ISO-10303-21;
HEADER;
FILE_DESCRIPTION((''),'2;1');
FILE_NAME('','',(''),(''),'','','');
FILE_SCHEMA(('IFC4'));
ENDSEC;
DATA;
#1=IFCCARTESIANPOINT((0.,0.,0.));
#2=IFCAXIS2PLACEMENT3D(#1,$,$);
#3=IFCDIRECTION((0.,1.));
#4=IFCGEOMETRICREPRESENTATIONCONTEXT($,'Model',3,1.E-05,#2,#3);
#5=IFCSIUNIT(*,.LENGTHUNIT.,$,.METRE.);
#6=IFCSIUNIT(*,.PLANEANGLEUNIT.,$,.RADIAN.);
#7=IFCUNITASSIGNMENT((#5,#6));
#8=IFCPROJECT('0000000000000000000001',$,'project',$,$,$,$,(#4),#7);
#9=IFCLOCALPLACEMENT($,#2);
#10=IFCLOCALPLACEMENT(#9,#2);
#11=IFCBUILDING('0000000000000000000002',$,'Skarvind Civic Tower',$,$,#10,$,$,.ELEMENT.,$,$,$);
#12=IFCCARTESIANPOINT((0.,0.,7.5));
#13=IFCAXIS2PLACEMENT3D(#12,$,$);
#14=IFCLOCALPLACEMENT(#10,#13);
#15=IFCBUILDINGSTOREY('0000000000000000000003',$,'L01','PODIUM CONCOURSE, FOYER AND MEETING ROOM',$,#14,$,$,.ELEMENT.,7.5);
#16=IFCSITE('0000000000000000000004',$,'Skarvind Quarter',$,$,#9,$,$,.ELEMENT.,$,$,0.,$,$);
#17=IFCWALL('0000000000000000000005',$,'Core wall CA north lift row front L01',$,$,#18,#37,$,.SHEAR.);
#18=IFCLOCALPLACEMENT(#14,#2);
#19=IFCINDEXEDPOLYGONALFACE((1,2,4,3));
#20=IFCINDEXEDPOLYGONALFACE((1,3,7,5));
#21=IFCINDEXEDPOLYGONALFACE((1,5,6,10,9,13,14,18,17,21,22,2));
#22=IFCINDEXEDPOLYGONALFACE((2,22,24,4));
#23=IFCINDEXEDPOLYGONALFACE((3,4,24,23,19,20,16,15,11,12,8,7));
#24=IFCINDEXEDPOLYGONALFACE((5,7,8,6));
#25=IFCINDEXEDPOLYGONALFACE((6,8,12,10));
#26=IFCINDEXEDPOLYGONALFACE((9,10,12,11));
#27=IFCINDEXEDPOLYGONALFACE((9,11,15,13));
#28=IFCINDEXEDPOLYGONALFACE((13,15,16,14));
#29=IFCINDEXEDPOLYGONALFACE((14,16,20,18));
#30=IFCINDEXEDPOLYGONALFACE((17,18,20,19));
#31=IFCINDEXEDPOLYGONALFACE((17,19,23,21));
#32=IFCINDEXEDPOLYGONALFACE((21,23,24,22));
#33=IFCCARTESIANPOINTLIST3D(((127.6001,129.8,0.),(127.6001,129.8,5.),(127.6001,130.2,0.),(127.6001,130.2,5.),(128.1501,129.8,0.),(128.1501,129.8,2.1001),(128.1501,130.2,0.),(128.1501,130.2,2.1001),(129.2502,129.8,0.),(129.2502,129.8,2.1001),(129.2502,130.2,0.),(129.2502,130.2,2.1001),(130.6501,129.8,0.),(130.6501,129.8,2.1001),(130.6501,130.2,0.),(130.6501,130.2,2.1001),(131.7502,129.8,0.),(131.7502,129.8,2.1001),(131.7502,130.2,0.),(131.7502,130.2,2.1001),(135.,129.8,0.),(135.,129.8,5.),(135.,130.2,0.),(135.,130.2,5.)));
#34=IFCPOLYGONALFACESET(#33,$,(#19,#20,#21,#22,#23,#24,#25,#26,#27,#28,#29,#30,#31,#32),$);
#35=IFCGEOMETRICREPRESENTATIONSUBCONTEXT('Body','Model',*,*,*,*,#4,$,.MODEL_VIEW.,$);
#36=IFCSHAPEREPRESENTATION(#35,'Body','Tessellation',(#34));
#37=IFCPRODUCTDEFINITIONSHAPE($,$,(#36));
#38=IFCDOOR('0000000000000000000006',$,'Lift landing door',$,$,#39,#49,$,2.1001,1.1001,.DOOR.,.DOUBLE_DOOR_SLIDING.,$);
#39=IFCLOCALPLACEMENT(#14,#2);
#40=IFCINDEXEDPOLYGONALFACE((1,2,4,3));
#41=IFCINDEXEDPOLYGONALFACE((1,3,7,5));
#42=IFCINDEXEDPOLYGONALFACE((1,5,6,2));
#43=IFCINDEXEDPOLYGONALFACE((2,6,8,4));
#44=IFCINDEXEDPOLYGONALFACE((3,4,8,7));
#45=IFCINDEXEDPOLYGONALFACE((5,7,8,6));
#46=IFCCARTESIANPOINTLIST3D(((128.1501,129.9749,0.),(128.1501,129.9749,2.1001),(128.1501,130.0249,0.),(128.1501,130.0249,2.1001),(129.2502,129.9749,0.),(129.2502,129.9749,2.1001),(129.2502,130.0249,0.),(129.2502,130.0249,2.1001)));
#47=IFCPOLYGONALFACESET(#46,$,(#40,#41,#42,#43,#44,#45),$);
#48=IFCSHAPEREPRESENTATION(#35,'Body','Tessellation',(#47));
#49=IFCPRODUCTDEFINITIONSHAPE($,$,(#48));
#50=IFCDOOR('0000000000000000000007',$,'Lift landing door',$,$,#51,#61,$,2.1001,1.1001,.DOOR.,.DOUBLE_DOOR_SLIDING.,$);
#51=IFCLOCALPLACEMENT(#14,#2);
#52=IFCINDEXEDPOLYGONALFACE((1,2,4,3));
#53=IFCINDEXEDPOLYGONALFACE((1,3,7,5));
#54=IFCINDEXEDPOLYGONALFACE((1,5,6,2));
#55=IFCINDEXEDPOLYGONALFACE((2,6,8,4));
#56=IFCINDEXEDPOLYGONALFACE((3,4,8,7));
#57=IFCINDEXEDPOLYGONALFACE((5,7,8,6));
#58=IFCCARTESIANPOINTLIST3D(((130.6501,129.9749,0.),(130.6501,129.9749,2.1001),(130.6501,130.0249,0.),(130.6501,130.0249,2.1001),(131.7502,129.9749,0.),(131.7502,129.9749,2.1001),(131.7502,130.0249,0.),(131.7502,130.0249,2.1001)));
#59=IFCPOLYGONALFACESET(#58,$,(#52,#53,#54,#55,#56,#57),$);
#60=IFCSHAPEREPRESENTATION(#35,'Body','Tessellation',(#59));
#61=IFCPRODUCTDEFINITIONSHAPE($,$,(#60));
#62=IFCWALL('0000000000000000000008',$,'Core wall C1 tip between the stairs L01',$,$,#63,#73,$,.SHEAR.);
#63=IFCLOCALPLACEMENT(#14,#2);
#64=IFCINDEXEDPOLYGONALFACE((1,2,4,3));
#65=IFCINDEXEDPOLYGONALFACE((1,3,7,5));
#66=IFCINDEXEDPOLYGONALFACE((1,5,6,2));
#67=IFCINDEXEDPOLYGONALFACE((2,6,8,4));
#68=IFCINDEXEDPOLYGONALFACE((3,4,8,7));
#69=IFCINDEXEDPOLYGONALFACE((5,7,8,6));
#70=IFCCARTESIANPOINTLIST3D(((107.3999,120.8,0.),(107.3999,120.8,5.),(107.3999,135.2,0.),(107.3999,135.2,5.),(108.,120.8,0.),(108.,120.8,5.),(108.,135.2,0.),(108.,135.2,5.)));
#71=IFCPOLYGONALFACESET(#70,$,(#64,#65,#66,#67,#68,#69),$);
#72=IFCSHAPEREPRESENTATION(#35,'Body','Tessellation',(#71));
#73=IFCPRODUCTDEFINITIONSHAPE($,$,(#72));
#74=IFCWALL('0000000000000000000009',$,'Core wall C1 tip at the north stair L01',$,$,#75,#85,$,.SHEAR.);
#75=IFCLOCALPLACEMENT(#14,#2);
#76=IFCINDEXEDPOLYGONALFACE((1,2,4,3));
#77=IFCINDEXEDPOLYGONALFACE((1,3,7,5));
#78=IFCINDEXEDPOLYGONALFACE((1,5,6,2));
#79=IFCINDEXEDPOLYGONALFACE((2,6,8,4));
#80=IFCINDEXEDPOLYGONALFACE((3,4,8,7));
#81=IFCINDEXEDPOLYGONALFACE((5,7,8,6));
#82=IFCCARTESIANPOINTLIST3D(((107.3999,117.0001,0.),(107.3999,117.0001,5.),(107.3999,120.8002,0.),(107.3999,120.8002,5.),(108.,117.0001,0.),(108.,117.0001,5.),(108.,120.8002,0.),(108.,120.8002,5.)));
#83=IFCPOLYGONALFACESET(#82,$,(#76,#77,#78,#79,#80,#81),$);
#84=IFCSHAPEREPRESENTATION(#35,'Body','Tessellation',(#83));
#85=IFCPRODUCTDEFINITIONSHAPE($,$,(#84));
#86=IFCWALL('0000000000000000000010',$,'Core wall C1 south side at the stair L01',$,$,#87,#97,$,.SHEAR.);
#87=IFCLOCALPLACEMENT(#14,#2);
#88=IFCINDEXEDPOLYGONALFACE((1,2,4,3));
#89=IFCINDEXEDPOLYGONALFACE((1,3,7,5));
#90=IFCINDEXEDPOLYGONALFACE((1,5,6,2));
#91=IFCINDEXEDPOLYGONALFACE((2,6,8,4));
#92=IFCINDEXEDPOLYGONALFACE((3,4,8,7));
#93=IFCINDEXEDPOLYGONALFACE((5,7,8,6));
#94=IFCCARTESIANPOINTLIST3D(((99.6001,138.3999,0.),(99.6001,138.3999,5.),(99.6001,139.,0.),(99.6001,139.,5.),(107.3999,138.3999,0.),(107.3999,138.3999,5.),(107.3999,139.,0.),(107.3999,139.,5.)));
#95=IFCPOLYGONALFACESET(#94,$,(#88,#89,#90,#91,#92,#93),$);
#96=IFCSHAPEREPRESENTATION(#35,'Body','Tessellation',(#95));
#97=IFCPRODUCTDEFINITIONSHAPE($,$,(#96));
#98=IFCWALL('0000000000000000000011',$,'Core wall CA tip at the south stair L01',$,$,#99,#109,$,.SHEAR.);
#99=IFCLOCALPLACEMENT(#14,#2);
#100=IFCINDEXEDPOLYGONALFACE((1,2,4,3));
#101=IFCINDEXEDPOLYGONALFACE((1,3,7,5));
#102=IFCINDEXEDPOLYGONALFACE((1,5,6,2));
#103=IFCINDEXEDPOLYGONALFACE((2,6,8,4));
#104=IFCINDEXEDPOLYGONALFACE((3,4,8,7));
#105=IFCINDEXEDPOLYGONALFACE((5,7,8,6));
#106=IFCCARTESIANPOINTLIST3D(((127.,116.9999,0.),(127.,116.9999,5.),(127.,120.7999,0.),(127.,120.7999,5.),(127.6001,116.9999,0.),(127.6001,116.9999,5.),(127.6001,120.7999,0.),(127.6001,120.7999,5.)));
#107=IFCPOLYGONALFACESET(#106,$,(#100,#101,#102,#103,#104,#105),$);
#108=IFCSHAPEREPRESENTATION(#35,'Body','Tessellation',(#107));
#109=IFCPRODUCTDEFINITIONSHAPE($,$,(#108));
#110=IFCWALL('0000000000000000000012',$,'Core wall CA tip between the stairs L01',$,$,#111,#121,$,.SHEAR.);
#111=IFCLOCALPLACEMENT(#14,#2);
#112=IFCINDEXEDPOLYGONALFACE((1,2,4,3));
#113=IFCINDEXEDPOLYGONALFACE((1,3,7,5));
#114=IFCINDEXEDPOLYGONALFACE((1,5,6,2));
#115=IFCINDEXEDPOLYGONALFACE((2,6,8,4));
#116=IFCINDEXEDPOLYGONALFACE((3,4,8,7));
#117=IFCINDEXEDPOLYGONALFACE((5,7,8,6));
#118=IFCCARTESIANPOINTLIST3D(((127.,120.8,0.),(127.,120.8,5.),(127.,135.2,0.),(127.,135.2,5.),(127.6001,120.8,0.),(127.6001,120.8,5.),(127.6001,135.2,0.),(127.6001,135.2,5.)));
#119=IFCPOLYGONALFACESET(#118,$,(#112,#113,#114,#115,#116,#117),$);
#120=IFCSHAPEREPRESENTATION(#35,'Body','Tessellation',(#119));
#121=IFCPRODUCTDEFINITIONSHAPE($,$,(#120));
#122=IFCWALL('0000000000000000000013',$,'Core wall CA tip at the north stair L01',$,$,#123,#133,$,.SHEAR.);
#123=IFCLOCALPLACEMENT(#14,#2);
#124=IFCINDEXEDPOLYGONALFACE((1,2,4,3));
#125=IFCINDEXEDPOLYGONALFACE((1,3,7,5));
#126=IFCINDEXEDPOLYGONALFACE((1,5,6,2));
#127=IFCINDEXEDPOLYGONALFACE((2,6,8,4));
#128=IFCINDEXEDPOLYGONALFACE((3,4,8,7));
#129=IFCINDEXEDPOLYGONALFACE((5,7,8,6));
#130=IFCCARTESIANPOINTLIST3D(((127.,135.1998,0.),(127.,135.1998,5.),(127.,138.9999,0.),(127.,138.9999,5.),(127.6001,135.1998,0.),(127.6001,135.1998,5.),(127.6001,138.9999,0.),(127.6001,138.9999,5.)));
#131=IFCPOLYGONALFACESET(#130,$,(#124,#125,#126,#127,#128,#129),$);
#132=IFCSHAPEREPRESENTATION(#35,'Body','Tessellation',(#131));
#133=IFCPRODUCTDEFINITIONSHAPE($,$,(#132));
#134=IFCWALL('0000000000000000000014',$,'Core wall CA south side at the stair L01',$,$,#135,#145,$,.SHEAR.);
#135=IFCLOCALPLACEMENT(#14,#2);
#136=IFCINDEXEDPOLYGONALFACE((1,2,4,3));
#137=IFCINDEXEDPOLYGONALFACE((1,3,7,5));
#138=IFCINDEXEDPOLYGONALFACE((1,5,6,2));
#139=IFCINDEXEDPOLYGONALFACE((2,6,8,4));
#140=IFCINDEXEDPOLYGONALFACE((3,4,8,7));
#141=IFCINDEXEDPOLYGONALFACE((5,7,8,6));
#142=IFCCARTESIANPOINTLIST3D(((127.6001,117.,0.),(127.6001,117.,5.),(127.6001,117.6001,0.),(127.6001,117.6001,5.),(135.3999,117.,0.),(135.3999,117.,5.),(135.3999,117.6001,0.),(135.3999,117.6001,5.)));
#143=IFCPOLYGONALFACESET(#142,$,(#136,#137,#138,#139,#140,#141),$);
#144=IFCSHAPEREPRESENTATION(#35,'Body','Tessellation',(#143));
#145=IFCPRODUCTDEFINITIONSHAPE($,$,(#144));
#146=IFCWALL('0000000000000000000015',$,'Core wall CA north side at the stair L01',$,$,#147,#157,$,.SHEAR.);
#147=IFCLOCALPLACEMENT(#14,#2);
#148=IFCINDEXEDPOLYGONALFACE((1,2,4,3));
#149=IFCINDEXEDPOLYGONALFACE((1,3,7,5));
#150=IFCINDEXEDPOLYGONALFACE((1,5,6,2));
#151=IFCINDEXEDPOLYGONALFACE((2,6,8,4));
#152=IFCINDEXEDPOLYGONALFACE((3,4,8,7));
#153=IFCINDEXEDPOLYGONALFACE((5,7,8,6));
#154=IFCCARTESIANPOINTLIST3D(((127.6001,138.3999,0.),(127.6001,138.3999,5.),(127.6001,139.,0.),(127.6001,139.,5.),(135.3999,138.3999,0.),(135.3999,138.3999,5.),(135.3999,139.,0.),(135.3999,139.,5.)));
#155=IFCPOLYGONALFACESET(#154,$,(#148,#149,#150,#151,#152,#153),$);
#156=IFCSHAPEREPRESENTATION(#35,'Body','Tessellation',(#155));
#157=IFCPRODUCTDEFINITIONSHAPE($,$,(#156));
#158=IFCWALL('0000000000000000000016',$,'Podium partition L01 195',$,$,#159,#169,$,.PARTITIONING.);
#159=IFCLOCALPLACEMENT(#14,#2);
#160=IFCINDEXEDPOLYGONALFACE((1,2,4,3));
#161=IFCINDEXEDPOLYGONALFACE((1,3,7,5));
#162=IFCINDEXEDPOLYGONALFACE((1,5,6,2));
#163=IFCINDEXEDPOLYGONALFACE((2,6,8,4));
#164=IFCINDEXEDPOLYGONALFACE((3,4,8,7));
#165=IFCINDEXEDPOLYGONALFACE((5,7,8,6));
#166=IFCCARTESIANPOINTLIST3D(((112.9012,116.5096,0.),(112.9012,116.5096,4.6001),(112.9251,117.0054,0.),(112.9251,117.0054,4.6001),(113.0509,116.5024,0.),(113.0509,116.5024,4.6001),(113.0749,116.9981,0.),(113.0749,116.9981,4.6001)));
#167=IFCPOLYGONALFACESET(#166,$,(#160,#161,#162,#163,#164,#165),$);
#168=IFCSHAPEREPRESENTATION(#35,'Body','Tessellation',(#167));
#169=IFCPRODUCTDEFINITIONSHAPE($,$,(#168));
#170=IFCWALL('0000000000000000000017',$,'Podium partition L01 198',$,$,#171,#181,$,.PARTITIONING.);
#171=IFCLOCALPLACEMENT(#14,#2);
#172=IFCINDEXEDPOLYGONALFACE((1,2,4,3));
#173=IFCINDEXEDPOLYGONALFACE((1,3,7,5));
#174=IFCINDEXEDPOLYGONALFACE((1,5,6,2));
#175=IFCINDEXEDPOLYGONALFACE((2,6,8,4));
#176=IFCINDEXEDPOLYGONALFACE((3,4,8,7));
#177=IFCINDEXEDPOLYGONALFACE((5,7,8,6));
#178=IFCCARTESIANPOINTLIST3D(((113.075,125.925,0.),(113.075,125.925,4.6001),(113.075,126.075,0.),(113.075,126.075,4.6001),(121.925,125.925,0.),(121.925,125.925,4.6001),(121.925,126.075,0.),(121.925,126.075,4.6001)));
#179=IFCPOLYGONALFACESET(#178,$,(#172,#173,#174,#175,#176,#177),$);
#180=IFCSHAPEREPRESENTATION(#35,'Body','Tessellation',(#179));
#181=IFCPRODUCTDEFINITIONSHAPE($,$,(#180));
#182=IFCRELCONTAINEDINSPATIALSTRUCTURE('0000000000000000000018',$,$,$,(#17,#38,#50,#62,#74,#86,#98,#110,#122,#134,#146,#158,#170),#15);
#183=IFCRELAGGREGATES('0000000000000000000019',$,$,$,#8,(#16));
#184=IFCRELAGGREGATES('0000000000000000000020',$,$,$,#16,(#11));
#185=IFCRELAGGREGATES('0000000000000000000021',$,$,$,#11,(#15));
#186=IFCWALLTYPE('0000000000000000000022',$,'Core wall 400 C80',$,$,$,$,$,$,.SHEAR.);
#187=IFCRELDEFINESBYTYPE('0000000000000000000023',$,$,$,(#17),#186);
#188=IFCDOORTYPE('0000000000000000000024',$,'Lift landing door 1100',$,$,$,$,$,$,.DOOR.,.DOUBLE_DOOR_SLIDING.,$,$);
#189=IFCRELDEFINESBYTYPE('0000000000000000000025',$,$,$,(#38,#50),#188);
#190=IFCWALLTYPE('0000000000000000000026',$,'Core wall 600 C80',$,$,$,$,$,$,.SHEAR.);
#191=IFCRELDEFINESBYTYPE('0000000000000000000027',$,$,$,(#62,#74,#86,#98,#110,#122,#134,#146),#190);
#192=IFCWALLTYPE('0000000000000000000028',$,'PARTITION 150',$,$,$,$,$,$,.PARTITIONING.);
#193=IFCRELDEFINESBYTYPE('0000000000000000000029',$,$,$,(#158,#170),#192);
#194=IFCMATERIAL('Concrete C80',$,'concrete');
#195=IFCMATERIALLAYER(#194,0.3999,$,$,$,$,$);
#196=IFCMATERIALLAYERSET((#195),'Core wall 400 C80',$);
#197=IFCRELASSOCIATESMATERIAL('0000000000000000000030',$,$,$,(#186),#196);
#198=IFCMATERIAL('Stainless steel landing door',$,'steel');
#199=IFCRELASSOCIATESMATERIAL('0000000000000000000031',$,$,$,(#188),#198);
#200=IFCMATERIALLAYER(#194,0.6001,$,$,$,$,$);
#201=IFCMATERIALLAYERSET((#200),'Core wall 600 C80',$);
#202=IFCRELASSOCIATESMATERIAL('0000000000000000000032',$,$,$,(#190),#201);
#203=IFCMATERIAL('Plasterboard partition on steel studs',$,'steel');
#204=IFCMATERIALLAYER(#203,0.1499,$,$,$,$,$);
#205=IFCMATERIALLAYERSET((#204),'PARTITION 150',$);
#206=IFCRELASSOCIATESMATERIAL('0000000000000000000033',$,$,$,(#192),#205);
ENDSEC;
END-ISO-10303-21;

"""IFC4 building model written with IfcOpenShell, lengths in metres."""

from ifc_helpers import new_model, si_unit, direction, frame, frame_2d, origin, place, context, subcontext, project, spatial, rectangle, extrude, material, layer, layer_set, type_object, element, fill, save


model = new_model("IFC4")

# Units and contexts
model_context = context("Model", 3, precision=1e-05, world=origin(), true_north=direction((0.0, 1.0)))
body_context = subcontext(model_context, "Body", "Model", "MODEL_VIEW")
ifc_project = project(units=[si_unit("LENGTHUNIT", "METRE"), si_unit("PLANEANGLEUNIT", "RADIAN")], contexts=[model_context])

# Site, building, storey
site_placement = place(None, origin())
site = spatial("IfcSite", under=ifc_project, at=site_placement, Name="Skarvind Quarter", CompositionType="ELEMENT", RefElevation=0.0)
building_placement = place(site_placement, origin())
building = spatial("IfcBuilding", under=site, at=building_placement, Name="Skarvind Civic Tower", CompositionType="ELEMENT")
storey_placement = place(building_placement, frame((0.0, 0.0, 7.5)))
storey = spatial("IfcBuildingStorey", under=building, at=storey_placement, Name="L01", Description="PODIUM CONCOURSE, FOYER AND MEETING ROOM", CompositionType="ELEMENT", Elevation=7.5)

# Shared definitions
ifc_material_1 = material(Name="Concrete C80", Category="concrete")
ifc_layer_1 = layer(ifc_material_1, 0.3999)
ifc_layer_set_1 = layer_set([ifc_layer_1], Name="Core wall 400 C80")
wall_type_1 = type_object("IfcWallType", Name="Core wall 400 C80", PredefinedType="SHEAR", material=ifc_layer_set_1)

# Shared definitions
ifc_material_2 = material(Name="Stainless steel landing door", Category="steel")
door_type = type_object("IfcDoorType", Name="Lift landing door 1100", OperationType="DOUBLE_DOOR_SLIDING", PredefinedType="DOOR", material=ifc_material_2)

# Wall, openings, doors
wall_1_placement = place(storey_placement, frame((127.6001, 130.0, 0.0), z_axis=(0.0, 0.0, 1.0), x_axis=(1.0, 0.0, 0.0)))
wall_1 = element("IfcWall", 1, at=wall_1_placement, inside=storey, type_object=wall_type_1, Name="Core wall CA north lift row front L01", PredefinedType="SHEAR", context=body_context, shape_type="SweptSolid", body=[
    extrude(rectangle(XDim=7.3999, YDim=0.3999, at=frame_2d((3.7, 0.0))), origin(), (0.0, 0.0, 1.0), 5.0),
])
opening_1_placement = place(wall_1_placement, frame((0.55, 0.0, 0.0)))
opening_1 = element("IfcOpeningElement", 2, at=opening_1_placement, cuts=wall_1, PredefinedType="OPENING", context=body_context, shape_type="SweptSolid", body=[
    extrude(rectangle(XDim=1.1001, YDim=2.1001, at=frame_2d((0.55, 1.05))), frame((0.0, 0.21, 0.0), z_axis=(0.0, -1.0, 0.0), x_axis=(1.0, 0.0, 0.0)), (0.0, 0.0, 1.0), 0.4199),
])
opening_2_placement = place(wall_1_placement, frame((3.05, 0.0, 0.0)))
opening_2 = element("IfcOpeningElement", 3, at=opening_2_placement, cuts=wall_1, PredefinedType="OPENING", context=body_context, shape_type="SweptSolid", body=[
    extrude(rectangle(XDim=1.1001, YDim=2.1001, at=frame_2d((0.55, 1.05))), frame((0.0, 0.21, 0.0), z_axis=(0.0, -1.0, 0.0), x_axis=(1.0, 0.0, 0.0)), (0.0, 0.0, 1.0), 0.4199),
])
door_1_placement = place(opening_1_placement, origin())
door_1 = element("IfcDoor", 4, at=door_1_placement, inside=storey, type_object=door_type, Name="Lift landing door", OperationType="DOUBLE_DOOR_SLIDING", OverallHeight=2.1001, OverallWidth=1.1001, PredefinedType="DOOR", context=body_context, shape_type="SweptSolid", body=[
    extrude(rectangle(XDim=1.1001, YDim=2.1001, at=frame_2d((0.55, 1.05))), frame((0.0, 0.0249, 0.0), z_axis=(0.0, -1.0, 0.0), x_axis=(1.0, 0.0, 0.0)), (0.0, 0.0, 1.0), 0.05),
])
fill(opening_1, door_1)
door_2_placement = place(opening_2_placement, origin())
door_2 = element("IfcDoor", 5, at=door_2_placement, inside=storey, type_object=door_type, Name="Lift landing door", OperationType="DOUBLE_DOOR_SLIDING", OverallHeight=2.1001, OverallWidth=1.1001, PredefinedType="DOOR", context=body_context, shape_type="SweptSolid", body=[
    extrude(rectangle(XDim=1.1001, YDim=2.1001, at=frame_2d((0.55, 1.05))), frame((0.0, 0.0249, 0.0), z_axis=(0.0, -1.0, 0.0), x_axis=(1.0, 0.0, 0.0)), (0.0, 0.0, 1.0), 0.05),
])
fill(opening_2, door_2)

# Walls
ifc_layer_2 = layer(ifc_material_1, 0.6001)
ifc_layer_set_2 = layer_set([ifc_layer_2], Name="Core wall 600 C80")
wall_type_2 = type_object("IfcWallType", Name="Core wall 600 C80", PredefinedType="SHEAR", material=ifc_layer_set_2)
wall_2_placement = place(storey_placement, frame((107.7, 135.2, 0.0), z_axis=(0.0, 0.0, 1.0), x_axis=(0.0, -1.0, 0.0)))
element("IfcWall", 6, at=wall_2_placement, inside=storey, type_object=wall_type_2, Name="Core wall C1 tip between the stairs L01", PredefinedType="SHEAR", context=body_context, shape_type="SweptSolid", body=[
    extrude(rectangle(XDim=14.3999, YDim=0.6001, at=frame_2d((7.2, 0.0))), origin(), (0.0, 0.0, 1.0), 5.0),
])
wall_3_placement = place(storey_placement, frame((107.7, 120.8, 0.0), z_axis=(0.0, 0.0, 1.0), x_axis=(0.0, -1.0, 0.0)))
element("IfcWall", 7, at=wall_3_placement, inside=storey, type_object=wall_type_2, Name="Core wall C1 tip at the north stair L01", PredefinedType="SHEAR", context=body_context, shape_type="SweptSolid", body=[
    extrude(rectangle(XDim=3.8, YDim=0.6001, at=frame_2d((1.8999, 0.0))), origin(), (0.0, 0.0, 1.0), 5.0),
])
wall_4_placement = place(storey_placement, frame((107.3999, 138.7, 0.0), z_axis=(0.0, 0.0, 1.0), x_axis=(-1.0, 0.0, 0.0)))
element("IfcWall", 8, at=wall_4_placement, inside=storey, type_object=wall_type_2, Name="Core wall C1 south side at the stair L01", PredefinedType="SHEAR", context=body_context, shape_type="SweptSolid", body=[
    extrude(rectangle(XDim=7.7998, YDim=0.6001, at=frame_2d((3.8999, 0.0))), origin(), (0.0, 0.0, 1.0), 5.0),
])
wall_5_placement = place(storey_placement, frame((127.3, 117.0, 0.0), z_axis=(0.0, 0.0, 1.0), x_axis=(0.0, 1.0, 0.0)))
element("IfcWall", 9, at=wall_5_placement, inside=storey, type_object=wall_type_2, Name="Core wall CA tip at the south stair L01", PredefinedType="SHEAR", context=body_context, shape_type="SweptSolid", body=[
    extrude(rectangle(XDim=3.8, YDim=0.6001, at=frame_2d((1.8999, 0.0))), origin(), (0.0, 0.0, 1.0), 5.0),
])
wall_6_placement = place(storey_placement, frame((127.3, 120.8, 0.0), z_axis=(0.0, 0.0, 1.0), x_axis=(0.0, 1.0, 0.0)))
element("IfcWall", 10, at=wall_6_placement, inside=storey, type_object=wall_type_2, Name="Core wall CA tip between the stairs L01", PredefinedType="SHEAR", context=body_context, shape_type="SweptSolid", body=[
    extrude(rectangle(XDim=14.3999, YDim=0.6001, at=frame_2d((7.2, 0.0))), origin(), (0.0, 0.0, 1.0), 5.0),
])
wall_7_placement = place(storey_placement, frame((127.3, 135.2, 0.0), z_axis=(0.0, 0.0, 1.0), x_axis=(0.0, 1.0, 0.0)))
element("IfcWall", 11, at=wall_7_placement, inside=storey, type_object=wall_type_2, Name="Core wall CA tip at the north stair L01", PredefinedType="SHEAR", context=body_context, shape_type="SweptSolid", body=[
    extrude(rectangle(XDim=3.8, YDim=0.6001, at=frame_2d((1.8999, 0.0))), origin(), (0.0, 0.0, 1.0), 5.0),
])
for number, where, z_axis, x_axis, name in (
    (12, (127.6001, 117.3, 0.0), (0.0, 0.0, 1.0), (1.0, 0.0, 0.0), "Core wall CA south side at the stair L01"),
    (13, (127.6001, 138.7, 0.0), (0.0, 0.0, 1.0), (1.0, 0.0, 0.0), "Core wall CA north side at the stair L01"),
):
    element("IfcWall", number, at=place(storey_placement, frame(where, z_axis=z_axis, x_axis=x_axis)), inside=storey, type_object=wall_type_2, Name=name, PredefinedType="SHEAR", context=body_context, shape_type="SweptSolid", body=[
        extrude(rectangle(XDim=7.7998, YDim=0.6001, at=frame_2d((3.8999, 0.0))), origin(), (0.0, 0.0, 1.0), 5.0),
    ])
ifc_material_3 = material(Name="Plasterboard partition on steel studs", Category="steel")
ifc_layer_3 = layer(ifc_material_3, 0.1499)
ifc_layer_set_3 = layer_set([ifc_layer_3], Name="PARTITION 150")
wall_type_3 = type_object("IfcWallType", Name="PARTITION 150", PredefinedType="PARTITIONING", material=ifc_layer_set_3)
wall_8_placement = place(storey_placement, frame((112.9761, 116.5061, 0.0), z_axis=(0.0, 0.0, 1.0), x_axis=(0.048196, 0.998838, 0.0)))
element("IfcWall", 14, at=wall_8_placement, inside=storey, type_object=wall_type_3, Name="Podium partition L01 195", PredefinedType="PARTITIONING", context=body_context, shape_type="SweptSolid", body=[
    extrude(rectangle(XDim=0.4963, YDim=0.1499, at=frame_2d((0.248, 0.0))), origin(), (0.0, 0.0, 1.0), 4.6001),
])
wall_9_placement = place(storey_placement, frame((113.075, 126.0, 0.0), z_axis=(0.0, 0.0, 1.0), x_axis=(1.0, 0.0, 0.0)))
element("IfcWall", 15, at=wall_9_placement, inside=storey, type_object=wall_type_3, Name="Podium partition L01 198", PredefinedType="PARTITIONING", context=body_context, shape_type="SweptSolid", body=[
    extrude(rectangle(XDim=8.8501, YDim=0.1499, at=frame_2d((4.425, 0.0))), origin(), (0.0, 0.0, 1.0), 4.6001),
])

save(model, "model.ifc")
